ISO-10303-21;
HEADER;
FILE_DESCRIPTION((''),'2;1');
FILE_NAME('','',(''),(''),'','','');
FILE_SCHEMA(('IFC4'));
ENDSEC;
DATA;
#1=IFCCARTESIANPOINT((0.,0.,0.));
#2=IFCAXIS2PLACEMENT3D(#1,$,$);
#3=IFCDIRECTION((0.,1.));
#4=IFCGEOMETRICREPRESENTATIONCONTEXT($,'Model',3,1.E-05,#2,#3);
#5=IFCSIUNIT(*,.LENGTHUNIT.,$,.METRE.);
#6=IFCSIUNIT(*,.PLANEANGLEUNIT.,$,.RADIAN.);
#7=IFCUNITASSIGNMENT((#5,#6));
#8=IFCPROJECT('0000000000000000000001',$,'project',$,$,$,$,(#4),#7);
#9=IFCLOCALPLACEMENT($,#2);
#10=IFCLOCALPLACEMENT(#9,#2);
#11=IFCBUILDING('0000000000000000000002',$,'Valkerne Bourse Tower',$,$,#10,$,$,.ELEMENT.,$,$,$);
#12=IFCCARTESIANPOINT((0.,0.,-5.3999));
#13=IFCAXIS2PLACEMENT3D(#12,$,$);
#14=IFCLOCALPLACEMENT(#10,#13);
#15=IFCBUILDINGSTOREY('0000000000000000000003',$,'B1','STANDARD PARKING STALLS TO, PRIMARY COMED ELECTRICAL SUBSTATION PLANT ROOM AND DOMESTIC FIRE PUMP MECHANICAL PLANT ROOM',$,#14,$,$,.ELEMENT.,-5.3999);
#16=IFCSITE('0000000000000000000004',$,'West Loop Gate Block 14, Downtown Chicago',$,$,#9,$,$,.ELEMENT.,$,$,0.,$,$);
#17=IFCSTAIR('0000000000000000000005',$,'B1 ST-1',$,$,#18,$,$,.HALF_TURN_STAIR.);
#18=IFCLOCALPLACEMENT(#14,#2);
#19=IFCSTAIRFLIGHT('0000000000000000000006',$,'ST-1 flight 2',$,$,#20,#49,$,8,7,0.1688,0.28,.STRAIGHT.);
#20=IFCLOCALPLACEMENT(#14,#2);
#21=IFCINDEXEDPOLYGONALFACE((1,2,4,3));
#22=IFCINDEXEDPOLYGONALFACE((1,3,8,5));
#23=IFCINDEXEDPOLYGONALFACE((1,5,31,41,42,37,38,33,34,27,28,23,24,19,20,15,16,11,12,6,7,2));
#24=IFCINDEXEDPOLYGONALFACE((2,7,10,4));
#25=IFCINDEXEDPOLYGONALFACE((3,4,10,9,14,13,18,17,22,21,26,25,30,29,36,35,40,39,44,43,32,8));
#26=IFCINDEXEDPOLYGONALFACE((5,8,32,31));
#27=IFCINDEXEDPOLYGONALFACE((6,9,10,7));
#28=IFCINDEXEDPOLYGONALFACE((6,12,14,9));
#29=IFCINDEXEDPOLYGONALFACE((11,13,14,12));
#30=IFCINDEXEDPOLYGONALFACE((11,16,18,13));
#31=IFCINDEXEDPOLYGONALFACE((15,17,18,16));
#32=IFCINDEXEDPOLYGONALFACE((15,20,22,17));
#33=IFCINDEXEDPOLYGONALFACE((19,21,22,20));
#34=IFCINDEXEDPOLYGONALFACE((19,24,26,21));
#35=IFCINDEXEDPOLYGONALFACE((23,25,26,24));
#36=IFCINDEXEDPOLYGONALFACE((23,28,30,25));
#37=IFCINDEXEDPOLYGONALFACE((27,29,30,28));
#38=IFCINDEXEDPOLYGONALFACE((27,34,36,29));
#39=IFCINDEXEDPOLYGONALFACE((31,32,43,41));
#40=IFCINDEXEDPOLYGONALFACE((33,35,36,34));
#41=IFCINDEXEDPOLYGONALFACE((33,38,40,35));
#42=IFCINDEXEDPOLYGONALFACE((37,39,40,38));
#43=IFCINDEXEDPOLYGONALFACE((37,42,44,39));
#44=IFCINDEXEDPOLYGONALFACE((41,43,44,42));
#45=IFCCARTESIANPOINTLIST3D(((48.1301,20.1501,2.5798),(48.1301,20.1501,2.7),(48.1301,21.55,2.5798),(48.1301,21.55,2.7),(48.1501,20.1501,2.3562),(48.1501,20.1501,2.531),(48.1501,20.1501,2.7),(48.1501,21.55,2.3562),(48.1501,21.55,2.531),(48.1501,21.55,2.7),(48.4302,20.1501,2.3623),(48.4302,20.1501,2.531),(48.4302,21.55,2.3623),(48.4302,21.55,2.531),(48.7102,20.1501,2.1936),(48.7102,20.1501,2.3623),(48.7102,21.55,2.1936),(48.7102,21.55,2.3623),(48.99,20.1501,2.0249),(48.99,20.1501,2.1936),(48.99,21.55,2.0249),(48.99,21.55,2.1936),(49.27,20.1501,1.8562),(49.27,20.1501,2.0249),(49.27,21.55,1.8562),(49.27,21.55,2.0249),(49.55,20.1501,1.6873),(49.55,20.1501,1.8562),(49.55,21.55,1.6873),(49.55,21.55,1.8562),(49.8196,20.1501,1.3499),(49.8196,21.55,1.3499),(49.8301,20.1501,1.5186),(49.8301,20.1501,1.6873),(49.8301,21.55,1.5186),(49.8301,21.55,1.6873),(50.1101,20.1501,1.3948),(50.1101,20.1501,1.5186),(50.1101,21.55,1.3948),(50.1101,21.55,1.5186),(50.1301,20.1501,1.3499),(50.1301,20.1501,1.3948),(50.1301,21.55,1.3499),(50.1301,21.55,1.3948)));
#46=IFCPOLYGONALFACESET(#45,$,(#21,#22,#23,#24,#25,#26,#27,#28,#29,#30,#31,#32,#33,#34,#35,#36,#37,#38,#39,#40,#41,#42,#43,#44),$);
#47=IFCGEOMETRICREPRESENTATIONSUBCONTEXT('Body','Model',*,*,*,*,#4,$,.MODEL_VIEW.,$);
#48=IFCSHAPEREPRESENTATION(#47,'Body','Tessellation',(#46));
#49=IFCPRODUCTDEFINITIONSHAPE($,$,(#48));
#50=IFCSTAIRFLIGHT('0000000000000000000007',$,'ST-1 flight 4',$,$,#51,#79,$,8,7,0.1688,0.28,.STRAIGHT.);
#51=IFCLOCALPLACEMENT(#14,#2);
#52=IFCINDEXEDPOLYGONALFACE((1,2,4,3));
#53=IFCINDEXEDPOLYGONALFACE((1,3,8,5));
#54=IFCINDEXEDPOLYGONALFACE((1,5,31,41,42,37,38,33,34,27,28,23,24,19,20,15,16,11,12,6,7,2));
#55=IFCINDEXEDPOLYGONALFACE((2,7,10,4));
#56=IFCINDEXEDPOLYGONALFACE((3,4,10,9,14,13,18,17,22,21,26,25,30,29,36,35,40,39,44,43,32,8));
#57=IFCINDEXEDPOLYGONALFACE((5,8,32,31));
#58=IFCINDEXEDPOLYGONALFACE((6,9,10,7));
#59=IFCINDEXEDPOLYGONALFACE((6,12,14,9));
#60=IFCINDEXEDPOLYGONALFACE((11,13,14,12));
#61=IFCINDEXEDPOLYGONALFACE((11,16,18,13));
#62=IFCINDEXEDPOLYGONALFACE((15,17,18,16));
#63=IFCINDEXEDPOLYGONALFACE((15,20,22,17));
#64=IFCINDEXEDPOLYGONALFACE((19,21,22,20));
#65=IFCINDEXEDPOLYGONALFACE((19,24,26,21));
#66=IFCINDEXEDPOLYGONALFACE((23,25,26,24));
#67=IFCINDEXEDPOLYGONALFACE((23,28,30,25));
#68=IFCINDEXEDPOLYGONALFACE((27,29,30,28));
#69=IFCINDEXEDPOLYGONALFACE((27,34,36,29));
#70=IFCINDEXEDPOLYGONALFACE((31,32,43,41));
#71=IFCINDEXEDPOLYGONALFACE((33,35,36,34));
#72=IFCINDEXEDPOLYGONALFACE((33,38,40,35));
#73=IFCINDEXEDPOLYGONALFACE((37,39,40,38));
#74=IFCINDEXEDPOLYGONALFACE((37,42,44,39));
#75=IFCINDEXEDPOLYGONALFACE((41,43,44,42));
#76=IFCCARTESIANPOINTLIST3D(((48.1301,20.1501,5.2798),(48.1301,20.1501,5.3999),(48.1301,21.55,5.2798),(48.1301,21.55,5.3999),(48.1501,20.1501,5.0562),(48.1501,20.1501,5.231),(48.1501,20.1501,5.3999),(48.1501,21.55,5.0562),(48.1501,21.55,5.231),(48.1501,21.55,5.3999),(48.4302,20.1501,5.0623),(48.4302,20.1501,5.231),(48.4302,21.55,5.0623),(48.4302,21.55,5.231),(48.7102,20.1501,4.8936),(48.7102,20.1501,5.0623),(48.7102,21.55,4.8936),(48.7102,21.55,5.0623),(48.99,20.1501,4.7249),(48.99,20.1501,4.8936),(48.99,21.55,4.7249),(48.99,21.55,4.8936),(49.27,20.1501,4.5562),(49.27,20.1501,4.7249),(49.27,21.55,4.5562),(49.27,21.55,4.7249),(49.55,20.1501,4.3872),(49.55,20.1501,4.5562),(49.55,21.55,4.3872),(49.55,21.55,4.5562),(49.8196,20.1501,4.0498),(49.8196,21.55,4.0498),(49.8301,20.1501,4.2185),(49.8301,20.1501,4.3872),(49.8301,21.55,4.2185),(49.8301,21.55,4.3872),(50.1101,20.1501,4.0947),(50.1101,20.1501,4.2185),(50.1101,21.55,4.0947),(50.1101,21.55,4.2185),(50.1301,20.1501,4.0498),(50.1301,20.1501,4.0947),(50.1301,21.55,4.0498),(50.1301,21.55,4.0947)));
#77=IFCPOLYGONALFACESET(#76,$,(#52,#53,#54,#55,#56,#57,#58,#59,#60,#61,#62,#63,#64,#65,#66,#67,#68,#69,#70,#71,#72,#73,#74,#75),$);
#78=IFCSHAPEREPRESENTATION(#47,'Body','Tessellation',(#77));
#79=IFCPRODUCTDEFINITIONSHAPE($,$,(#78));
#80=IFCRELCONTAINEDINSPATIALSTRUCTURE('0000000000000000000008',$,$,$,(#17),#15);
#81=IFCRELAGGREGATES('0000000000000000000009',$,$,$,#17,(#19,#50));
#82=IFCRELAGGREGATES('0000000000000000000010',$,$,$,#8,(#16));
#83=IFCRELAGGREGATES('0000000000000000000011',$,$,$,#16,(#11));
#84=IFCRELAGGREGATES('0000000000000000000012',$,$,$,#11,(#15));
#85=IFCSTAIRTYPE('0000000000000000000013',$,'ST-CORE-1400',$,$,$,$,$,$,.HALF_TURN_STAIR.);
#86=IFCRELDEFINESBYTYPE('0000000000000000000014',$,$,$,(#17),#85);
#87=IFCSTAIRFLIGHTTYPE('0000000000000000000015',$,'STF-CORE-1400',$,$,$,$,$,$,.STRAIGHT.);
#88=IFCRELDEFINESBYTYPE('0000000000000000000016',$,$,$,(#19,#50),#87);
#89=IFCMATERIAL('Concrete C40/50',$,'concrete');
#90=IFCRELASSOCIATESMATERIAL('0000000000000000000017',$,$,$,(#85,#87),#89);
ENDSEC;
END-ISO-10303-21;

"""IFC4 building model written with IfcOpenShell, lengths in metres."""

from ifc_helpers import new_model, si_unit, direction, frame, origin, place, context, subcontext, project, spatial, polyline, outline, extrude, material, type_object, element, aggregate, save


model = new_model("IFC4")

# Units and contexts
model_context = context("Model", 3, precision=1e-05, world=origin(), true_north=direction((0.0, 1.0)))
body_context = subcontext(model_context, "Body", "Model", "MODEL_VIEW")
ifc_project = project(units=[si_unit("LENGTHUNIT", "METRE"), si_unit("PLANEANGLEUNIT", "RADIAN")], contexts=[model_context])

# Site, building, storey
site_placement = place(None, origin())
site = spatial("IfcSite", under=ifc_project, at=site_placement, Name="West Loop Gate Block 14, Downtown Chicago", CompositionType="ELEMENT", RefElevation=0.0)
building_placement = place(site_placement, origin())
building = spatial("IfcBuilding", under=site, at=building_placement, Name="Valkerne Bourse Tower", CompositionType="ELEMENT")
storey_placement = place(building_placement, frame((0.0, 0.0, -5.3999)))
storey = spatial("IfcBuildingStorey", under=building, at=storey_placement, Name="B1", Description="STANDARD PARKING STALLS TO, PRIMARY COMED ELECTRICAL SUBSTATION PLANT ROOM AND DOMESTIC FIRE PUMP MECHANICAL PLANT ROOM", CompositionType="ELEMENT", Elevation=-5.3999)

# Shared definitions
ifc_material_1 = material(Name="Concrete C40/50", Category="concrete")

# Stair, stair flights
stair_type = type_object("IfcStairType", Name="ST-CORE-1400", PredefinedType="HALF_TURN_STAIR", material=ifc_material_1)
stair_placement = place(storey_placement, origin())
stair = element("IfcStair", 1, at=stair_placement, inside=storey, type_object=stair_type, Name="B1 ST-1", PredefinedType="HALF_TURN_STAIR")
stair_flight_type = type_object("IfcStairFlightType", Name="STF-CORE-1400", PredefinedType="STRAIGHT", material=ifc_material_1)
stair_flight_1_placement = place(storey_placement, frame((50.1101, 20.8501, 1.3499), z_axis=(0.0, 0.0, 1.0), x_axis=(-1.0, 0.0, 0.0)))
stair_flight_1 = element("IfcStairFlight", 2, at=stair_flight_1_placement, type_object=stair_flight_type, Name="ST-1 flight 2", NumberOfRisers=8, NumberOfTreads=7, PredefinedType="STRAIGHT", RiserHeight=0.1688, TreadLength=0.28, context=body_context, shape_type="SweptSolid", body=[
    extrude(outline(polyline([(-0.02, 0.0), (-0.02, 0.0449), (0.0, 0.0449), (0.0, 0.1687), (0.28, 0.1687), (0.28, 0.3374), (0.5601, 0.3374), (0.5601, 0.5063), (0.8401, 0.5063), (0.8401, 0.675), (1.1201, 0.675), (1.1201, 0.8438), (1.3999, 0.8438), (1.3999, 1.0125), (1.6799, 1.0125), (1.6799, 1.1812), (1.96, 1.1812), (1.96, 1.3501), (1.98, 1.3501), (1.98, 1.23), (1.96, 1.0063), (0.2905, 0.0), (-0.02, 0.0)])), frame((0.0, 0.7, 0.0), z_axis=(0.0, -1.0, 0.0), x_axis=(1.0, 0.0, 0.0)), (0.0, 0.0, 1.0), 1.3999),
])
stair_flight_2_placement = place(storey_placement, frame((50.1101, 20.8501, 4.0498), z_axis=(0.0, 0.0, 1.0), x_axis=(-1.0, 0.0, 0.0)))
stair_flight_2 = element("IfcStairFlight", 3, at=stair_flight_2_placement, type_object=stair_flight_type, Name="ST-1 flight 4", NumberOfRisers=8, NumberOfTreads=7, PredefinedType="STRAIGHT", RiserHeight=0.1688, TreadLength=0.28, context=body_context, shape_type="SweptSolid", body=[
    extrude(outline(polyline([(-0.02, 0.0), (-0.02, 0.0449), (0.0, 0.0449), (0.0, 0.1687), (0.28, 0.1687), (0.28, 0.3374), (0.5601, 0.3374), (0.5601, 0.5063), (0.8401, 0.5063), (0.8401, 0.675), (1.1201, 0.675), (1.1201, 0.8438), (1.3999, 0.8438), (1.3999, 1.0125), (1.6799, 1.0125), (1.6799, 1.1812), (1.96, 1.1812), (1.96, 1.3501), (1.98, 1.3501), (1.98, 1.23), (1.96, 1.0063), (0.2905, 0.0), (-0.02, 0.0)])), frame((0.0, 0.7, 0.0), z_axis=(0.0, -1.0, 0.0), x_axis=(1.0, 0.0, 0.0)), (0.0, 0.0, 1.0), 1.3999),
])
aggregate(stair, [stair_flight_1, stair_flight_2])

save(model, "model.ifc")
